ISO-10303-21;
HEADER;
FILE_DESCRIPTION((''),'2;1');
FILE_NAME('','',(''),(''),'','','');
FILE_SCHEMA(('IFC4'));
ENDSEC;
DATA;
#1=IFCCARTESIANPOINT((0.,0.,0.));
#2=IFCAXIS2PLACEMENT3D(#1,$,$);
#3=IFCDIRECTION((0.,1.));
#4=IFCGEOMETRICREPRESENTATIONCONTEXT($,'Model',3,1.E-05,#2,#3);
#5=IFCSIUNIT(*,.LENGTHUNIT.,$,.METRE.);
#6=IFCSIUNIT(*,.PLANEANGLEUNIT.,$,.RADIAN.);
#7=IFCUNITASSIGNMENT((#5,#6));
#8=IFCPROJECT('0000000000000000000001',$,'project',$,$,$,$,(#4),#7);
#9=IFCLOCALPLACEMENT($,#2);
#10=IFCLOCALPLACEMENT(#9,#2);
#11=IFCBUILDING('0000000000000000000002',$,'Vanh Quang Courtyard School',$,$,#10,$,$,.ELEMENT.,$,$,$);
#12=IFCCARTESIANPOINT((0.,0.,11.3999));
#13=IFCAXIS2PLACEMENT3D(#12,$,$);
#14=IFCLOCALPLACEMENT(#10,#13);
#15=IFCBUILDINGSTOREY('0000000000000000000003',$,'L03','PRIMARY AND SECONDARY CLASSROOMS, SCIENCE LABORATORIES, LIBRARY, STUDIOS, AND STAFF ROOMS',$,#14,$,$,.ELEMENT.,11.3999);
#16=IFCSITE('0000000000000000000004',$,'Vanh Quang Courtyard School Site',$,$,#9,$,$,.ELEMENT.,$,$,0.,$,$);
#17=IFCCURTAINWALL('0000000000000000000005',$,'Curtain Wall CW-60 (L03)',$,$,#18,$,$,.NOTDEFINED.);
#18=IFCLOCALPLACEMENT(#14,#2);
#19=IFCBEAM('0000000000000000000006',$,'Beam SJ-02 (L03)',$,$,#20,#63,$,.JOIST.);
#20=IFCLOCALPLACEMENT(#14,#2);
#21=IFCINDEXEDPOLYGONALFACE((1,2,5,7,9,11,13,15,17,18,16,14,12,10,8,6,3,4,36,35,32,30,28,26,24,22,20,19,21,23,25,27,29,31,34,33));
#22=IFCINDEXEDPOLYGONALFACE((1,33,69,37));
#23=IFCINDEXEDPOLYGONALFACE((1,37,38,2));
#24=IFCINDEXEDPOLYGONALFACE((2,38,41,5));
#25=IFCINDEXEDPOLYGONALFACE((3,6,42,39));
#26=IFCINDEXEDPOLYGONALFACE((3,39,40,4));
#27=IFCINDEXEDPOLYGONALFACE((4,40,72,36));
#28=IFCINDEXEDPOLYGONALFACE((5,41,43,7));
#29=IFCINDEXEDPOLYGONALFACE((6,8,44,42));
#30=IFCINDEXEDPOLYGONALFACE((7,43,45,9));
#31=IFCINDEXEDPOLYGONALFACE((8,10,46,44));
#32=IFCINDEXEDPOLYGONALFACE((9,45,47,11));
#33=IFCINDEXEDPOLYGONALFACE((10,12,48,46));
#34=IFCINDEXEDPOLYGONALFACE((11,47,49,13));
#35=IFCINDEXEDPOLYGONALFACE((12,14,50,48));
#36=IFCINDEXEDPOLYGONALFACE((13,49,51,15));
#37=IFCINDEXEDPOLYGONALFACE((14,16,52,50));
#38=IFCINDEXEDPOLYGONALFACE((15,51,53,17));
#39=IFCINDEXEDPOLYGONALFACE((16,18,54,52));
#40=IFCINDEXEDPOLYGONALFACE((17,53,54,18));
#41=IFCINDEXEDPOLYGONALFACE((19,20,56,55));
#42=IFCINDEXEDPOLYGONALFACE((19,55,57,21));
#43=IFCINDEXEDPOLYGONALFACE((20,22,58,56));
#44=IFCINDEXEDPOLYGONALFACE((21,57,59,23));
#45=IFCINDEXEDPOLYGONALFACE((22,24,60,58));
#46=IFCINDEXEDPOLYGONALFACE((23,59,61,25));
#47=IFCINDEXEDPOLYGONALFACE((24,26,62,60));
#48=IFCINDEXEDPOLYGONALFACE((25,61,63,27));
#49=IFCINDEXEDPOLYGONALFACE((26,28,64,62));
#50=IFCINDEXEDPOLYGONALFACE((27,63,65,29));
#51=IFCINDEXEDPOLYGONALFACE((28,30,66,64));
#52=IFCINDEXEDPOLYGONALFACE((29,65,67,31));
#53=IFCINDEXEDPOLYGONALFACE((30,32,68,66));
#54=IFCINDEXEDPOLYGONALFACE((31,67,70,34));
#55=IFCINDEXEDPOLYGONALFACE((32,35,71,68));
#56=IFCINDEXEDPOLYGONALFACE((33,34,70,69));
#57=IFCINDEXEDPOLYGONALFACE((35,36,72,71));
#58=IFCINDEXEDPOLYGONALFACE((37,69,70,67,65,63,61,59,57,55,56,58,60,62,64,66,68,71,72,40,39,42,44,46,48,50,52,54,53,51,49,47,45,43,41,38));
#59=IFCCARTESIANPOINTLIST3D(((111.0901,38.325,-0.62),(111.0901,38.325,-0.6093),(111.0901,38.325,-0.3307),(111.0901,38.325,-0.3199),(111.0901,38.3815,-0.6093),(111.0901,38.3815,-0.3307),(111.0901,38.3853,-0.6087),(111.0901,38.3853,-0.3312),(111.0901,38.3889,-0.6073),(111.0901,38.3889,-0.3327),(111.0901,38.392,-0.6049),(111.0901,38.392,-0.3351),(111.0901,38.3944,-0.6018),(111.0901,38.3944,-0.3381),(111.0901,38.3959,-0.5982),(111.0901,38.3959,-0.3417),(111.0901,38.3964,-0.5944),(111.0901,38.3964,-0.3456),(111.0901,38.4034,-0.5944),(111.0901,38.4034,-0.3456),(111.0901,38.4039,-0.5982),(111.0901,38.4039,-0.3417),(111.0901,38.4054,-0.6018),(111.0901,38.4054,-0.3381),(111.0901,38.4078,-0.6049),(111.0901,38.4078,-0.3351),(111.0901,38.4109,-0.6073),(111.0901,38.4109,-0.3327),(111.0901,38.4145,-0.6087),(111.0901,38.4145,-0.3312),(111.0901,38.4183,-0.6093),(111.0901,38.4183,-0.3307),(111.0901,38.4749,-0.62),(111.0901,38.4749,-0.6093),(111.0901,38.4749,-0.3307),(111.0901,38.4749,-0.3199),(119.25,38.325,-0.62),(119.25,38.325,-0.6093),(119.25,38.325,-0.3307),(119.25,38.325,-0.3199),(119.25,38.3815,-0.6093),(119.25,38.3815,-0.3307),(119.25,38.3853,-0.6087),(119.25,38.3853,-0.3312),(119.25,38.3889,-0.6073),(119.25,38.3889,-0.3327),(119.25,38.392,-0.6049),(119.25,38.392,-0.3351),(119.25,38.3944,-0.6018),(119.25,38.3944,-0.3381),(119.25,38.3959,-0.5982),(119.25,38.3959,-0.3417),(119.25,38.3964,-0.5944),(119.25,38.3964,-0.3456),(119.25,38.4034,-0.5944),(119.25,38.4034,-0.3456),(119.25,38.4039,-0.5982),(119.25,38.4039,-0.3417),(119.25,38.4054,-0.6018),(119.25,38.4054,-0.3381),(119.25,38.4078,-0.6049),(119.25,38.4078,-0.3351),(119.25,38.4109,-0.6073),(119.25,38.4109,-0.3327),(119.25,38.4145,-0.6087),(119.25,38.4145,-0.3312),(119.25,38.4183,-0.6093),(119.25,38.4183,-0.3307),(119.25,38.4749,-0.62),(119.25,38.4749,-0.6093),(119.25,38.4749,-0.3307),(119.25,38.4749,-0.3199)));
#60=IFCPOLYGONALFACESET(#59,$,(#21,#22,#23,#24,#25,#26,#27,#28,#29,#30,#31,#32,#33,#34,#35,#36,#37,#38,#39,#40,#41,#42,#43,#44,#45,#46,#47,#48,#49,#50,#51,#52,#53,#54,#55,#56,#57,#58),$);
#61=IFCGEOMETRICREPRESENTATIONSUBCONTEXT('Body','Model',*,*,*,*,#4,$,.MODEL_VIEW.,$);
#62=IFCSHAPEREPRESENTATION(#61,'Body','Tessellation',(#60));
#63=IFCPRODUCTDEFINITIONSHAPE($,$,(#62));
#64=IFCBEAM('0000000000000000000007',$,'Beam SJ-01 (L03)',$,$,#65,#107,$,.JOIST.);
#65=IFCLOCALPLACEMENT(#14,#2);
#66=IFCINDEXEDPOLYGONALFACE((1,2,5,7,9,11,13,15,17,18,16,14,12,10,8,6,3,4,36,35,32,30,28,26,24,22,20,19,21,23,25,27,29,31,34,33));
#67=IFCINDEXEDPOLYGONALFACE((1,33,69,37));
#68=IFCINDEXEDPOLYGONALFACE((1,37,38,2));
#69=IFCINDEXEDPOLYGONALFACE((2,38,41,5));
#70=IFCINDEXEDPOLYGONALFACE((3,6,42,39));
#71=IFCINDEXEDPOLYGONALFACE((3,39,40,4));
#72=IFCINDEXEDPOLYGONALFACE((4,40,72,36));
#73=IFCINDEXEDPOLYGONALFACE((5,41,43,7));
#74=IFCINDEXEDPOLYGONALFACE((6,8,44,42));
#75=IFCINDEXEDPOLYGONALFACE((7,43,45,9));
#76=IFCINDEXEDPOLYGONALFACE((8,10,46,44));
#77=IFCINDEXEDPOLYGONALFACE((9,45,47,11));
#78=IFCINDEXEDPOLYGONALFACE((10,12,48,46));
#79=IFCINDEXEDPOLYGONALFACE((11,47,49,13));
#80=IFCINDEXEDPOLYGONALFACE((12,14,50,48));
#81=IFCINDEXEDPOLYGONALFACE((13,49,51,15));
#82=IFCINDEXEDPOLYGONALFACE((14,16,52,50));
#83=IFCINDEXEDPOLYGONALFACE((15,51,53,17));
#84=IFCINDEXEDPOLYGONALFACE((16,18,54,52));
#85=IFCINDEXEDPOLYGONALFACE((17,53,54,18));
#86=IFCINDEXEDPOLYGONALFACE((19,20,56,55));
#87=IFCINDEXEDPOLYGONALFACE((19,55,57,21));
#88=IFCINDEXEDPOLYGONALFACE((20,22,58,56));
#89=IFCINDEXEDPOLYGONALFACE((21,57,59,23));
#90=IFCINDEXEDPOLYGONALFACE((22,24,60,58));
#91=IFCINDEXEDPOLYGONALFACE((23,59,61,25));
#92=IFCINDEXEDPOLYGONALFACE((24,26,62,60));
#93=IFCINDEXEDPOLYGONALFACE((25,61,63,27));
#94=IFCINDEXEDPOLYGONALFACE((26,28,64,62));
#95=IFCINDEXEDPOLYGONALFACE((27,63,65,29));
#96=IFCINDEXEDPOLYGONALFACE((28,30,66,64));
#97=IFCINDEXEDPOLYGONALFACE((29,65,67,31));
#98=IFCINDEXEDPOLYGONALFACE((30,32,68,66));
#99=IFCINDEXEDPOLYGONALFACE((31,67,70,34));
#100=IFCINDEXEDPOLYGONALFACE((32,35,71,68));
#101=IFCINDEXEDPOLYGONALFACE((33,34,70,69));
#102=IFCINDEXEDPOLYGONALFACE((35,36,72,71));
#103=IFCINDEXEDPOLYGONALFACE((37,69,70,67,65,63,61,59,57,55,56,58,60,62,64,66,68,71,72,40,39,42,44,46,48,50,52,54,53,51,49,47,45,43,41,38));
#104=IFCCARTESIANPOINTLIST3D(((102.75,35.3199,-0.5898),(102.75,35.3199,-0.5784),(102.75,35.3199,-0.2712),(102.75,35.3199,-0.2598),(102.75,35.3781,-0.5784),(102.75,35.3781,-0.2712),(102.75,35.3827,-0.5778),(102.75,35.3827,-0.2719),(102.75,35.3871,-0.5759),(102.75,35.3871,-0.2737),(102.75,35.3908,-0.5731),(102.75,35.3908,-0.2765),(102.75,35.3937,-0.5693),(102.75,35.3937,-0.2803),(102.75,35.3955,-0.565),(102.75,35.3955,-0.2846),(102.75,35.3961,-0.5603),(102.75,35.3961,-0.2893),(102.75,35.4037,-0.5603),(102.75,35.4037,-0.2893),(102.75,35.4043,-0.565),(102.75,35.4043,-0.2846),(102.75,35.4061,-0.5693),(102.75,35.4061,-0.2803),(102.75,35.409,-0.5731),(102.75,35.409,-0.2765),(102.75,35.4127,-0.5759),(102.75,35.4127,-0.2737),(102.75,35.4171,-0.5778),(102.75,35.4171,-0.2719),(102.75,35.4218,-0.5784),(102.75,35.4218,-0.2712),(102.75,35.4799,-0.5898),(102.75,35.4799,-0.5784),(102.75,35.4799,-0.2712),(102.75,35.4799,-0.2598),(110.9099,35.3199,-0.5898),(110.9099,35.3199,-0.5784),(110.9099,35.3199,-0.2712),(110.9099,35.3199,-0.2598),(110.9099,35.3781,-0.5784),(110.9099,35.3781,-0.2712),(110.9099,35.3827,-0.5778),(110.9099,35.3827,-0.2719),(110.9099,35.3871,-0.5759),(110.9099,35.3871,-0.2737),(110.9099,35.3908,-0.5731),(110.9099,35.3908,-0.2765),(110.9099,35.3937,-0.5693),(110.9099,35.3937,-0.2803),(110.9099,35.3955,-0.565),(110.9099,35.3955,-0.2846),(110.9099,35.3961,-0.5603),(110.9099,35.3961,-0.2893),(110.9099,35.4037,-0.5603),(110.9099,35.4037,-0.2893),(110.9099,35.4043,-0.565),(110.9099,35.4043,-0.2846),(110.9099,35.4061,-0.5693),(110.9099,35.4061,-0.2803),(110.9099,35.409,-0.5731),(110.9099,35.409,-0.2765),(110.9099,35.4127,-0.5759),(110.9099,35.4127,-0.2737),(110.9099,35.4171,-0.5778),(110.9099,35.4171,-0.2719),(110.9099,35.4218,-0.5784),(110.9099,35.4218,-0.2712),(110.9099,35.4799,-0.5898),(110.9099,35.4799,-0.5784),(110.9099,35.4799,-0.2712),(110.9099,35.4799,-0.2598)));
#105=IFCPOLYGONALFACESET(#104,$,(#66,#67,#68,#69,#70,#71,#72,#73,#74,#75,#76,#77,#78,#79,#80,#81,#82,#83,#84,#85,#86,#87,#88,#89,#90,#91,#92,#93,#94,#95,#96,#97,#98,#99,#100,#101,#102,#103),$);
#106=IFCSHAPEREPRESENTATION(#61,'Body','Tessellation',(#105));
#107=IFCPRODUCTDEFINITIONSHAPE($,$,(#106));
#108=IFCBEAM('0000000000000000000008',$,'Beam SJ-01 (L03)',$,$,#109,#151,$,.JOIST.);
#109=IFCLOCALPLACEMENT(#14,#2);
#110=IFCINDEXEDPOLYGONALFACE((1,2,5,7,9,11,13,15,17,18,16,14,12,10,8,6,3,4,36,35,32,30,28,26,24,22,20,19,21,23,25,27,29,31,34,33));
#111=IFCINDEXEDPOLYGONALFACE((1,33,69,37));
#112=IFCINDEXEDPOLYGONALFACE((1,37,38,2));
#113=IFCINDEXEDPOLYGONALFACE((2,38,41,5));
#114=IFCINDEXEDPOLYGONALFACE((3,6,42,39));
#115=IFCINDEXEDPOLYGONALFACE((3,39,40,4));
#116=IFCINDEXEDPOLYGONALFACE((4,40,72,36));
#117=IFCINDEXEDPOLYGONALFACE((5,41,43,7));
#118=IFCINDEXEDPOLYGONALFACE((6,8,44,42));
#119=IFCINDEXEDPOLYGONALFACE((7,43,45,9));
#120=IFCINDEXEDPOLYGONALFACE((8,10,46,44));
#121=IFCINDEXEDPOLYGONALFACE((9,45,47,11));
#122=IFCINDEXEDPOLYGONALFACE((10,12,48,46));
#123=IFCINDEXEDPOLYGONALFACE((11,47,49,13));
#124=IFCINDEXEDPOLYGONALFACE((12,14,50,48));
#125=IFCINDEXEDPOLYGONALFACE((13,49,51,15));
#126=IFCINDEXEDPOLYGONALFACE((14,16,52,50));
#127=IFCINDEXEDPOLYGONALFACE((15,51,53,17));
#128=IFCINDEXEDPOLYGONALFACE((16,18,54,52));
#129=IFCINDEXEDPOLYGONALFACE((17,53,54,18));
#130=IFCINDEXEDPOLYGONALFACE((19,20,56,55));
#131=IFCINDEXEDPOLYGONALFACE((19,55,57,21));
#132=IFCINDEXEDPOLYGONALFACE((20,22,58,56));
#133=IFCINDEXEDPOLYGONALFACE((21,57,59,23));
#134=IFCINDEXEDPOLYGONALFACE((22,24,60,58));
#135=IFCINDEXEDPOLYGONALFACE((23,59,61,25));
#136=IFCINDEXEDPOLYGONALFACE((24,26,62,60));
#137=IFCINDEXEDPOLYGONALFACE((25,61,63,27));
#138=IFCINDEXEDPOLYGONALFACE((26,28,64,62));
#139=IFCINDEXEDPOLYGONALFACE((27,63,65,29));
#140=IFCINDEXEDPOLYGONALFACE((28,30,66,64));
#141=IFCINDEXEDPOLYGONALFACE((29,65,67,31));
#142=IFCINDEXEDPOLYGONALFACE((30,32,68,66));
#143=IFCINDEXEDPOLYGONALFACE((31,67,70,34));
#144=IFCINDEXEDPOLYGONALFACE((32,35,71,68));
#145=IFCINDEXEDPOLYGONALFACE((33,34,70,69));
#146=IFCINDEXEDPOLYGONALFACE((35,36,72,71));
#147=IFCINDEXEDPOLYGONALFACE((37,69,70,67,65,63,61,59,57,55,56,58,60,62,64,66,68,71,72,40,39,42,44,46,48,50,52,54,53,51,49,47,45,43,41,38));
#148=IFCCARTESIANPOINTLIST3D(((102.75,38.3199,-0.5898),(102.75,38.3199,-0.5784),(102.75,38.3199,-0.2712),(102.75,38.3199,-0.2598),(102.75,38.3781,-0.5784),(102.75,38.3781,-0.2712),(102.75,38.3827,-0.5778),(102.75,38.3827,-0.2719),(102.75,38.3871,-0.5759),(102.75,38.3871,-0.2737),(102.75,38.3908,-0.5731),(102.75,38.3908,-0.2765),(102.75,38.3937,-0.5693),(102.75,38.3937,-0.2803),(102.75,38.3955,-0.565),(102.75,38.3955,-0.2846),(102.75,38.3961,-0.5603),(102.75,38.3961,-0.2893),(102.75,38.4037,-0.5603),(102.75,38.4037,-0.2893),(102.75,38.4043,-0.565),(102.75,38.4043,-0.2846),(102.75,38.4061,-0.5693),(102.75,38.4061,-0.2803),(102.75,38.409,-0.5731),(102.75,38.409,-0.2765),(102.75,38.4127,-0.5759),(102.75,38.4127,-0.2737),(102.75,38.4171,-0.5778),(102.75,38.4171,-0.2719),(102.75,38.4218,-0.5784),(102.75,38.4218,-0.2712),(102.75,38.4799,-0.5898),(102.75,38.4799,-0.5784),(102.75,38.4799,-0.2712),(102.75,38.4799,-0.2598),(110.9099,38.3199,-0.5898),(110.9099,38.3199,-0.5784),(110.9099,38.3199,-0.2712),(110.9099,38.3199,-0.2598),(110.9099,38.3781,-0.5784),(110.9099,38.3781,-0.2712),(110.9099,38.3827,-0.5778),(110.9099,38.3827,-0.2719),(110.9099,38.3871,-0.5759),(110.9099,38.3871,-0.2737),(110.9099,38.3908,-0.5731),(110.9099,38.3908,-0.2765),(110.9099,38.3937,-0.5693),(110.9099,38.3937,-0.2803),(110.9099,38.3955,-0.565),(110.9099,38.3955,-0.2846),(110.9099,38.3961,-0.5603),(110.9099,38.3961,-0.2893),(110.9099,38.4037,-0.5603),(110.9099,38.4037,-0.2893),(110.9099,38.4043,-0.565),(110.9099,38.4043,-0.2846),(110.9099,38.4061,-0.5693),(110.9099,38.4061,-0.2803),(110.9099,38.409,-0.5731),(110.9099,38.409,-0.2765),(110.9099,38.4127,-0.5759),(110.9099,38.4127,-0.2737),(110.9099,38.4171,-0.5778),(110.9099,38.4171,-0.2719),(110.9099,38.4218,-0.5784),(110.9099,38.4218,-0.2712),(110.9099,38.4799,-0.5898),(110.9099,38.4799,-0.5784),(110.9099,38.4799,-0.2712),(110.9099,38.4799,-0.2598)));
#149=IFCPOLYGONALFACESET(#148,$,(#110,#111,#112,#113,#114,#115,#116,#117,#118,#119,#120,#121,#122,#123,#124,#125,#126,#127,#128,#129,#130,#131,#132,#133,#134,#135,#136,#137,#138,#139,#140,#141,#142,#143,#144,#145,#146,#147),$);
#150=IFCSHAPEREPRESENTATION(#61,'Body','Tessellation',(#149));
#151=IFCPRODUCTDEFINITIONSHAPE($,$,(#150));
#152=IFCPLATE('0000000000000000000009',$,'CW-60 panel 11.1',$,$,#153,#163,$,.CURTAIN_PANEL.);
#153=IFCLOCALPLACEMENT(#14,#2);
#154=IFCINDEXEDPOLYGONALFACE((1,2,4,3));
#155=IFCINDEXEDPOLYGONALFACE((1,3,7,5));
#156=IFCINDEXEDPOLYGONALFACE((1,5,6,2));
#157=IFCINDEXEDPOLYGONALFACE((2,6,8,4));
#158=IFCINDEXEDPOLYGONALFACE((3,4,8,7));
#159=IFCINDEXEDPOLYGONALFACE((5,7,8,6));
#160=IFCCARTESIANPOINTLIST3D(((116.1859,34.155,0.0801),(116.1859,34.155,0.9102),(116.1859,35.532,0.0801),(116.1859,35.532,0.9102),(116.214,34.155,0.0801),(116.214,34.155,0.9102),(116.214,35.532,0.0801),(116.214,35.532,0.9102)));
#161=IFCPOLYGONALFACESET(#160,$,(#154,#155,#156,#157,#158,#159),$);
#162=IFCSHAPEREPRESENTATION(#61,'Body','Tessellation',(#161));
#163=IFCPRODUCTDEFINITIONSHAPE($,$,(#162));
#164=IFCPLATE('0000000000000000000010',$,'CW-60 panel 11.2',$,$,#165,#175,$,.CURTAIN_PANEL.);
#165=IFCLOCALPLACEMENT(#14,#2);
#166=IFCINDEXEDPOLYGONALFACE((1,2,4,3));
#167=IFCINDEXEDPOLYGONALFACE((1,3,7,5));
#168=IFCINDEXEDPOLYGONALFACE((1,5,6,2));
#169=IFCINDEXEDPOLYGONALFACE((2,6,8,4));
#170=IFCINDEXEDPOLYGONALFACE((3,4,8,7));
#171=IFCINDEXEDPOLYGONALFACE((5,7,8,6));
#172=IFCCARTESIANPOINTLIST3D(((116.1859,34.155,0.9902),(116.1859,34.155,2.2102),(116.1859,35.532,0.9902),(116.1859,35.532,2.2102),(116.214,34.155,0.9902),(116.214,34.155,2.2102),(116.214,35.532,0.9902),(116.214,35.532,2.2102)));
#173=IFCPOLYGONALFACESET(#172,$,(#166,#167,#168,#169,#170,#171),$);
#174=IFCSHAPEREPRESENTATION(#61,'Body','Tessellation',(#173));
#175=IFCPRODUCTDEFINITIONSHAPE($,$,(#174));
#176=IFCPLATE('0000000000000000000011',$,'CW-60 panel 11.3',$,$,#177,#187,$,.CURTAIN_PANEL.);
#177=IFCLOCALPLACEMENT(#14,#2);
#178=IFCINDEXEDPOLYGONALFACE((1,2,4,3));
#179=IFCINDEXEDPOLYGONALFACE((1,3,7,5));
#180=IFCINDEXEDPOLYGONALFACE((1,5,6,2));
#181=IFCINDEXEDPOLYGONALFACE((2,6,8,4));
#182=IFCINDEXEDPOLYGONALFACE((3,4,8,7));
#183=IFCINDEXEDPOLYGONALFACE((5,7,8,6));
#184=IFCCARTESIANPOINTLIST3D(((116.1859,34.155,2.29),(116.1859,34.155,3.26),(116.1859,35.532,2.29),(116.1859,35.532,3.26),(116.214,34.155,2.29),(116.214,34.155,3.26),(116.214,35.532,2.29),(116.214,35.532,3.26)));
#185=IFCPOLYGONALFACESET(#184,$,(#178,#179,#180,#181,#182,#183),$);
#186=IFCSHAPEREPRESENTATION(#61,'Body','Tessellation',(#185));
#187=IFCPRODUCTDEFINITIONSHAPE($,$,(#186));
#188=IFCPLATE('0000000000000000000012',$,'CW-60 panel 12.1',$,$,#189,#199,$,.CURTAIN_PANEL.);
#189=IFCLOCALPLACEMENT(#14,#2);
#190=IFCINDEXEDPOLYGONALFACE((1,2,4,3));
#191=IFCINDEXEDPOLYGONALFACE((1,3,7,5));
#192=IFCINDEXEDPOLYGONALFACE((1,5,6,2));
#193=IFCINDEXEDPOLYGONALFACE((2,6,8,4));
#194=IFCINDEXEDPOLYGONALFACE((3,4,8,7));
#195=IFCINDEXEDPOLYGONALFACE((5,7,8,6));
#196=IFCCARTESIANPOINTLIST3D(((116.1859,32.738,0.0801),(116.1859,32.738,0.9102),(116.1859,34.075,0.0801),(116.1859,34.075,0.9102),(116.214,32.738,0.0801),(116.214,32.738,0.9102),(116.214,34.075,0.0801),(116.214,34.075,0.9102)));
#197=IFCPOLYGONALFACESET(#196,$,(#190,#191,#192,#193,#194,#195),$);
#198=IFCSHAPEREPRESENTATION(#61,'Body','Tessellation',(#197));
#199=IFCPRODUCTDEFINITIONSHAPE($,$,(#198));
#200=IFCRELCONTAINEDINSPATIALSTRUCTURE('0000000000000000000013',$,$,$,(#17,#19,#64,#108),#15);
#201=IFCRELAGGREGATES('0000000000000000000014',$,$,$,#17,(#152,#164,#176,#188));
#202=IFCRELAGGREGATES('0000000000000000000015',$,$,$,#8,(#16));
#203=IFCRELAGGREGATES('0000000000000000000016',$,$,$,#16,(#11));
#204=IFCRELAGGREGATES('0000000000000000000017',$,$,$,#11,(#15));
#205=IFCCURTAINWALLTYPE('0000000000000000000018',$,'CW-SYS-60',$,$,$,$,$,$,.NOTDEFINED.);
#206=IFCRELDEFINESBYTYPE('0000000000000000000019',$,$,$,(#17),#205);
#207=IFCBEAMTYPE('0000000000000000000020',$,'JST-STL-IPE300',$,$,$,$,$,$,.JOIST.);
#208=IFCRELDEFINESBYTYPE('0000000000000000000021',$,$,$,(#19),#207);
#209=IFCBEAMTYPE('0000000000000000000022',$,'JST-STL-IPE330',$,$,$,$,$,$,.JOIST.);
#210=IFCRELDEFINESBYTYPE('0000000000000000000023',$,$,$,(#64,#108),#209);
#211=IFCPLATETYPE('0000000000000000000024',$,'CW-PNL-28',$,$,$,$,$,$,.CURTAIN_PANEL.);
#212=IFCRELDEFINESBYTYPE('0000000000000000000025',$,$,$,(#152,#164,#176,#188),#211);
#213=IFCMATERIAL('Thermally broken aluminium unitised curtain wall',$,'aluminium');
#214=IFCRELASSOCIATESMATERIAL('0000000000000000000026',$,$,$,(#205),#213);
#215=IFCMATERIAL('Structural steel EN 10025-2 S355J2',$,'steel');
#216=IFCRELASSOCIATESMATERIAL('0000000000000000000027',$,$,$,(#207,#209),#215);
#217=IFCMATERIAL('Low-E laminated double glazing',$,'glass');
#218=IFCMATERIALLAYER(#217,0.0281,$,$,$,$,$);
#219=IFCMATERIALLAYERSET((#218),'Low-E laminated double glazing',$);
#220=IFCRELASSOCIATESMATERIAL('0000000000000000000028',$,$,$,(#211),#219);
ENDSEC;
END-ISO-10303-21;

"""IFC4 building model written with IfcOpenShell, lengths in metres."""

from ifc_helpers import new_model, si_unit, direction, frame, origin, origin_2d, place, context, subcontext, project, spatial, rectangle, i_section, extrude, material, layer, layer_set, material_profile, profile_set, type_object, element, aggregate, save


model = new_model("IFC4")

# Units and contexts
model_context = context("Model", 3, precision=1e-05, world=origin(), true_north=direction((0.0, 1.0)))
body_context = subcontext(model_context, "Body", "Model", "MODEL_VIEW")
ifc_project = project(units=[si_unit("LENGTHUNIT", "METRE"), si_unit("PLANEANGLEUNIT", "RADIAN")], contexts=[model_context])

# Site, building, storey
site_placement = place(None, origin())
site = spatial("IfcSite", under=ifc_project, at=site_placement, Name="Vanh Quang Courtyard School Site", CompositionType="ELEMENT", RefElevation=0.0)
building_placement = place(site_placement, origin())
building = spatial("IfcBuilding", under=site, at=building_placement, Name="Vanh Quang Courtyard School", CompositionType="ELEMENT")
storey_placement = place(building_placement, frame((0.0, 0.0, 11.3999)))
storey = spatial("IfcBuildingStorey", under=building, at=storey_placement, Name="L03", Description="PRIMARY AND SECONDARY CLASSROOMS, SCIENCE LABORATORIES, LIBRARY, STUDIOS, AND STAFF ROOMS", CompositionType="ELEMENT", Elevation=11.3999)

# Curtain wall
ifc_material_1 = material(Name="Thermally broken aluminium unitised curtain wall", Category="aluminium")
curtain_wall_type = type_object("IfcCurtainWallType", Name="CW-SYS-60", PredefinedType="NOTDEFINED", material=ifc_material_1)
curtain_wall_placement = place(storey_placement, origin())
curtain_wall = element("IfcCurtainWall", 1, at=curtain_wall_placement, inside=storey, type_object=curtain_wall_type, Name="Curtain Wall CW-60 (L03)", PredefinedType="NOTDEFINED")

# Beams
ifc_material_2 = material(Name="Structural steel EN 10025-2 S355J2", Category="steel")
ifc_material_profile_1 = material_profile(ifc_material_2, i_section(OverallWidth=0.1499, OverallDepth=0.3, WebThickness=0.0071, FlangeThickness=0.0107, FilletRadius=0.0149, at=origin_2d()), Name="IPE 300")
ifc_profile_set_1 = profile_set([ifc_material_profile_1], Name="Structural steel EN 10025-2 S355J2")
beam_type_1 = type_object("IfcBeamType", Name="JST-STL-IPE300", PredefinedType="JOIST", material=ifc_profile_set_1)
for number, where, z_axis, x_axis, name in (
    (2, (111.0901, 38.3999, -0.47), (1.0, 0.0, 0.0), (0.0, 1.0, 0.0), "Beam SJ-02 (L03)"),
):
    element("IfcBeam", number, at=place(storey_placement, frame(where, z_axis=z_axis, x_axis=x_axis)), inside=storey, type_object=beam_type_1, Name=name, PredefinedType="JOIST", context=body_context, shape_type="SweptSolid", body=[
        extrude(i_section(OverallWidth=0.1499, OverallDepth=0.3, WebThickness=0.0071, FlangeThickness=0.0107, FilletRadius=0.0149, at=origin_2d()), origin(), (0.0, 0.0, 1.0), 8.1599),
    ])
ifc_material_profile_2 = material_profile(ifc_material_2, i_section(OverallWidth=0.1599, OverallDepth=0.3301, WebThickness=0.0076, FlangeThickness=0.0115, FilletRadius=0.0181, at=origin_2d()), Name="IPE 330")
ifc_profile_set_2 = profile_set([ifc_material_profile_2], Name="Structural steel EN 10025-2 S355J2")
beam_type_2 = type_object("IfcBeamType", Name="JST-STL-IPE330", PredefinedType="JOIST", material=ifc_profile_set_2)
for number, where, z_axis, x_axis, name in (
    (3, (102.75, 35.3999, -0.4248), (1.0, 0.0, 0.0), (0.0, 1.0, 0.0), "Beam SJ-01 (L03)"),
    (4, (102.75, 38.3999, -0.4248), (1.0, 0.0, 0.0), (0.0, 1.0, 0.0), "Beam SJ-01 (L03)"),
):
    element("IfcBeam", number, at=place(storey_placement, frame(where, z_axis=z_axis, x_axis=x_axis)), inside=storey, type_object=beam_type_2, Name=name, PredefinedType="JOIST", context=body_context, shape_type="SweptSolid", body=[
        extrude(i_section(OverallWidth=0.1599, OverallDepth=0.3301, WebThickness=0.0076, FlangeThickness=0.0115, FilletRadius=0.0181, at=origin_2d()), origin(), (0.0, 0.0, 1.0), 8.1599),
    ])

# Plates
ifc_material_3 = material(Name="Low-E laminated double glazing", Category="glass")
ifc_layer_1 = layer(ifc_material_3, 0.0281)
ifc_layer_set_1 = layer_set([ifc_layer_1], Name="Low-E laminated double glazing")
plate_type = type_object("IfcPlateType", Name="CW-PNL-28", PredefinedType="CURTAIN_PANEL", material=ifc_layer_set_1)
plate_1_placement = place(storey_placement, frame((116.2, 34.8435, 0.0801), z_axis=(0.0, 0.0, 1.0), x_axis=(0.0, -1.0, 0.0)))
plate_1 = element("IfcPlate", 5, at=plate_1_placement, type_object=plate_type, Name="CW-60 panel 11.1", PredefinedType="CURTAIN_PANEL", context=body_context, shape_type="SweptSolid", body=[
    extrude(rectangle(XDim=1.377, YDim=0.0281, at=origin_2d()), origin(), (0.0, 0.0, 1.0), 0.8301),
])
plate_2_placement = place(storey_placement, frame((116.2, 34.8435, 0.9902), z_axis=(0.0, 0.0, 1.0), x_axis=(0.0, -1.0, 0.0)))
plate_2 = element("IfcPlate", 6, at=plate_2_placement, type_object=plate_type, Name="CW-60 panel 11.2", PredefinedType="CURTAIN_PANEL", context=body_context, shape_type="SweptSolid", body=[
    extrude(rectangle(XDim=1.377, YDim=0.0281, at=origin_2d()), origin(), (0.0, 0.0, 1.0), 1.22),
])
plate_3_placement = place(storey_placement, frame((116.2, 34.8435, 2.29), z_axis=(0.0, 0.0, 1.0), x_axis=(0.0, -1.0, 0.0)))
plate_3 = element("IfcPlate", 7, at=plate_3_placement, type_object=plate_type, Name="CW-60 panel 11.3", PredefinedType="CURTAIN_PANEL", context=body_context, shape_type="SweptSolid", body=[
    extrude(rectangle(XDim=1.377, YDim=0.0281, at=origin_2d()), origin(), (0.0, 0.0, 1.0), 0.97),
])
plate_4_placement = place(storey_placement, frame((116.2, 33.4065, 0.0801), z_axis=(0.0, 0.0, 1.0), x_axis=(0.0, -1.0, 0.0)))
plate_4 = element("IfcPlate", 8, at=plate_4_placement, type_object=plate_type, Name="CW-60 panel 12.1", PredefinedType="CURTAIN_PANEL", context=body_context, shape_type="SweptSolid", body=[
    extrude(rectangle(XDim=1.3369, YDim=0.0281, at=origin_2d()), origin(), (0.0, 0.0, 1.0), 0.8301),
])
aggregate(curtain_wall, [plate_1, plate_2, plate_3, plate_4])

save(model, "model.ifc")
